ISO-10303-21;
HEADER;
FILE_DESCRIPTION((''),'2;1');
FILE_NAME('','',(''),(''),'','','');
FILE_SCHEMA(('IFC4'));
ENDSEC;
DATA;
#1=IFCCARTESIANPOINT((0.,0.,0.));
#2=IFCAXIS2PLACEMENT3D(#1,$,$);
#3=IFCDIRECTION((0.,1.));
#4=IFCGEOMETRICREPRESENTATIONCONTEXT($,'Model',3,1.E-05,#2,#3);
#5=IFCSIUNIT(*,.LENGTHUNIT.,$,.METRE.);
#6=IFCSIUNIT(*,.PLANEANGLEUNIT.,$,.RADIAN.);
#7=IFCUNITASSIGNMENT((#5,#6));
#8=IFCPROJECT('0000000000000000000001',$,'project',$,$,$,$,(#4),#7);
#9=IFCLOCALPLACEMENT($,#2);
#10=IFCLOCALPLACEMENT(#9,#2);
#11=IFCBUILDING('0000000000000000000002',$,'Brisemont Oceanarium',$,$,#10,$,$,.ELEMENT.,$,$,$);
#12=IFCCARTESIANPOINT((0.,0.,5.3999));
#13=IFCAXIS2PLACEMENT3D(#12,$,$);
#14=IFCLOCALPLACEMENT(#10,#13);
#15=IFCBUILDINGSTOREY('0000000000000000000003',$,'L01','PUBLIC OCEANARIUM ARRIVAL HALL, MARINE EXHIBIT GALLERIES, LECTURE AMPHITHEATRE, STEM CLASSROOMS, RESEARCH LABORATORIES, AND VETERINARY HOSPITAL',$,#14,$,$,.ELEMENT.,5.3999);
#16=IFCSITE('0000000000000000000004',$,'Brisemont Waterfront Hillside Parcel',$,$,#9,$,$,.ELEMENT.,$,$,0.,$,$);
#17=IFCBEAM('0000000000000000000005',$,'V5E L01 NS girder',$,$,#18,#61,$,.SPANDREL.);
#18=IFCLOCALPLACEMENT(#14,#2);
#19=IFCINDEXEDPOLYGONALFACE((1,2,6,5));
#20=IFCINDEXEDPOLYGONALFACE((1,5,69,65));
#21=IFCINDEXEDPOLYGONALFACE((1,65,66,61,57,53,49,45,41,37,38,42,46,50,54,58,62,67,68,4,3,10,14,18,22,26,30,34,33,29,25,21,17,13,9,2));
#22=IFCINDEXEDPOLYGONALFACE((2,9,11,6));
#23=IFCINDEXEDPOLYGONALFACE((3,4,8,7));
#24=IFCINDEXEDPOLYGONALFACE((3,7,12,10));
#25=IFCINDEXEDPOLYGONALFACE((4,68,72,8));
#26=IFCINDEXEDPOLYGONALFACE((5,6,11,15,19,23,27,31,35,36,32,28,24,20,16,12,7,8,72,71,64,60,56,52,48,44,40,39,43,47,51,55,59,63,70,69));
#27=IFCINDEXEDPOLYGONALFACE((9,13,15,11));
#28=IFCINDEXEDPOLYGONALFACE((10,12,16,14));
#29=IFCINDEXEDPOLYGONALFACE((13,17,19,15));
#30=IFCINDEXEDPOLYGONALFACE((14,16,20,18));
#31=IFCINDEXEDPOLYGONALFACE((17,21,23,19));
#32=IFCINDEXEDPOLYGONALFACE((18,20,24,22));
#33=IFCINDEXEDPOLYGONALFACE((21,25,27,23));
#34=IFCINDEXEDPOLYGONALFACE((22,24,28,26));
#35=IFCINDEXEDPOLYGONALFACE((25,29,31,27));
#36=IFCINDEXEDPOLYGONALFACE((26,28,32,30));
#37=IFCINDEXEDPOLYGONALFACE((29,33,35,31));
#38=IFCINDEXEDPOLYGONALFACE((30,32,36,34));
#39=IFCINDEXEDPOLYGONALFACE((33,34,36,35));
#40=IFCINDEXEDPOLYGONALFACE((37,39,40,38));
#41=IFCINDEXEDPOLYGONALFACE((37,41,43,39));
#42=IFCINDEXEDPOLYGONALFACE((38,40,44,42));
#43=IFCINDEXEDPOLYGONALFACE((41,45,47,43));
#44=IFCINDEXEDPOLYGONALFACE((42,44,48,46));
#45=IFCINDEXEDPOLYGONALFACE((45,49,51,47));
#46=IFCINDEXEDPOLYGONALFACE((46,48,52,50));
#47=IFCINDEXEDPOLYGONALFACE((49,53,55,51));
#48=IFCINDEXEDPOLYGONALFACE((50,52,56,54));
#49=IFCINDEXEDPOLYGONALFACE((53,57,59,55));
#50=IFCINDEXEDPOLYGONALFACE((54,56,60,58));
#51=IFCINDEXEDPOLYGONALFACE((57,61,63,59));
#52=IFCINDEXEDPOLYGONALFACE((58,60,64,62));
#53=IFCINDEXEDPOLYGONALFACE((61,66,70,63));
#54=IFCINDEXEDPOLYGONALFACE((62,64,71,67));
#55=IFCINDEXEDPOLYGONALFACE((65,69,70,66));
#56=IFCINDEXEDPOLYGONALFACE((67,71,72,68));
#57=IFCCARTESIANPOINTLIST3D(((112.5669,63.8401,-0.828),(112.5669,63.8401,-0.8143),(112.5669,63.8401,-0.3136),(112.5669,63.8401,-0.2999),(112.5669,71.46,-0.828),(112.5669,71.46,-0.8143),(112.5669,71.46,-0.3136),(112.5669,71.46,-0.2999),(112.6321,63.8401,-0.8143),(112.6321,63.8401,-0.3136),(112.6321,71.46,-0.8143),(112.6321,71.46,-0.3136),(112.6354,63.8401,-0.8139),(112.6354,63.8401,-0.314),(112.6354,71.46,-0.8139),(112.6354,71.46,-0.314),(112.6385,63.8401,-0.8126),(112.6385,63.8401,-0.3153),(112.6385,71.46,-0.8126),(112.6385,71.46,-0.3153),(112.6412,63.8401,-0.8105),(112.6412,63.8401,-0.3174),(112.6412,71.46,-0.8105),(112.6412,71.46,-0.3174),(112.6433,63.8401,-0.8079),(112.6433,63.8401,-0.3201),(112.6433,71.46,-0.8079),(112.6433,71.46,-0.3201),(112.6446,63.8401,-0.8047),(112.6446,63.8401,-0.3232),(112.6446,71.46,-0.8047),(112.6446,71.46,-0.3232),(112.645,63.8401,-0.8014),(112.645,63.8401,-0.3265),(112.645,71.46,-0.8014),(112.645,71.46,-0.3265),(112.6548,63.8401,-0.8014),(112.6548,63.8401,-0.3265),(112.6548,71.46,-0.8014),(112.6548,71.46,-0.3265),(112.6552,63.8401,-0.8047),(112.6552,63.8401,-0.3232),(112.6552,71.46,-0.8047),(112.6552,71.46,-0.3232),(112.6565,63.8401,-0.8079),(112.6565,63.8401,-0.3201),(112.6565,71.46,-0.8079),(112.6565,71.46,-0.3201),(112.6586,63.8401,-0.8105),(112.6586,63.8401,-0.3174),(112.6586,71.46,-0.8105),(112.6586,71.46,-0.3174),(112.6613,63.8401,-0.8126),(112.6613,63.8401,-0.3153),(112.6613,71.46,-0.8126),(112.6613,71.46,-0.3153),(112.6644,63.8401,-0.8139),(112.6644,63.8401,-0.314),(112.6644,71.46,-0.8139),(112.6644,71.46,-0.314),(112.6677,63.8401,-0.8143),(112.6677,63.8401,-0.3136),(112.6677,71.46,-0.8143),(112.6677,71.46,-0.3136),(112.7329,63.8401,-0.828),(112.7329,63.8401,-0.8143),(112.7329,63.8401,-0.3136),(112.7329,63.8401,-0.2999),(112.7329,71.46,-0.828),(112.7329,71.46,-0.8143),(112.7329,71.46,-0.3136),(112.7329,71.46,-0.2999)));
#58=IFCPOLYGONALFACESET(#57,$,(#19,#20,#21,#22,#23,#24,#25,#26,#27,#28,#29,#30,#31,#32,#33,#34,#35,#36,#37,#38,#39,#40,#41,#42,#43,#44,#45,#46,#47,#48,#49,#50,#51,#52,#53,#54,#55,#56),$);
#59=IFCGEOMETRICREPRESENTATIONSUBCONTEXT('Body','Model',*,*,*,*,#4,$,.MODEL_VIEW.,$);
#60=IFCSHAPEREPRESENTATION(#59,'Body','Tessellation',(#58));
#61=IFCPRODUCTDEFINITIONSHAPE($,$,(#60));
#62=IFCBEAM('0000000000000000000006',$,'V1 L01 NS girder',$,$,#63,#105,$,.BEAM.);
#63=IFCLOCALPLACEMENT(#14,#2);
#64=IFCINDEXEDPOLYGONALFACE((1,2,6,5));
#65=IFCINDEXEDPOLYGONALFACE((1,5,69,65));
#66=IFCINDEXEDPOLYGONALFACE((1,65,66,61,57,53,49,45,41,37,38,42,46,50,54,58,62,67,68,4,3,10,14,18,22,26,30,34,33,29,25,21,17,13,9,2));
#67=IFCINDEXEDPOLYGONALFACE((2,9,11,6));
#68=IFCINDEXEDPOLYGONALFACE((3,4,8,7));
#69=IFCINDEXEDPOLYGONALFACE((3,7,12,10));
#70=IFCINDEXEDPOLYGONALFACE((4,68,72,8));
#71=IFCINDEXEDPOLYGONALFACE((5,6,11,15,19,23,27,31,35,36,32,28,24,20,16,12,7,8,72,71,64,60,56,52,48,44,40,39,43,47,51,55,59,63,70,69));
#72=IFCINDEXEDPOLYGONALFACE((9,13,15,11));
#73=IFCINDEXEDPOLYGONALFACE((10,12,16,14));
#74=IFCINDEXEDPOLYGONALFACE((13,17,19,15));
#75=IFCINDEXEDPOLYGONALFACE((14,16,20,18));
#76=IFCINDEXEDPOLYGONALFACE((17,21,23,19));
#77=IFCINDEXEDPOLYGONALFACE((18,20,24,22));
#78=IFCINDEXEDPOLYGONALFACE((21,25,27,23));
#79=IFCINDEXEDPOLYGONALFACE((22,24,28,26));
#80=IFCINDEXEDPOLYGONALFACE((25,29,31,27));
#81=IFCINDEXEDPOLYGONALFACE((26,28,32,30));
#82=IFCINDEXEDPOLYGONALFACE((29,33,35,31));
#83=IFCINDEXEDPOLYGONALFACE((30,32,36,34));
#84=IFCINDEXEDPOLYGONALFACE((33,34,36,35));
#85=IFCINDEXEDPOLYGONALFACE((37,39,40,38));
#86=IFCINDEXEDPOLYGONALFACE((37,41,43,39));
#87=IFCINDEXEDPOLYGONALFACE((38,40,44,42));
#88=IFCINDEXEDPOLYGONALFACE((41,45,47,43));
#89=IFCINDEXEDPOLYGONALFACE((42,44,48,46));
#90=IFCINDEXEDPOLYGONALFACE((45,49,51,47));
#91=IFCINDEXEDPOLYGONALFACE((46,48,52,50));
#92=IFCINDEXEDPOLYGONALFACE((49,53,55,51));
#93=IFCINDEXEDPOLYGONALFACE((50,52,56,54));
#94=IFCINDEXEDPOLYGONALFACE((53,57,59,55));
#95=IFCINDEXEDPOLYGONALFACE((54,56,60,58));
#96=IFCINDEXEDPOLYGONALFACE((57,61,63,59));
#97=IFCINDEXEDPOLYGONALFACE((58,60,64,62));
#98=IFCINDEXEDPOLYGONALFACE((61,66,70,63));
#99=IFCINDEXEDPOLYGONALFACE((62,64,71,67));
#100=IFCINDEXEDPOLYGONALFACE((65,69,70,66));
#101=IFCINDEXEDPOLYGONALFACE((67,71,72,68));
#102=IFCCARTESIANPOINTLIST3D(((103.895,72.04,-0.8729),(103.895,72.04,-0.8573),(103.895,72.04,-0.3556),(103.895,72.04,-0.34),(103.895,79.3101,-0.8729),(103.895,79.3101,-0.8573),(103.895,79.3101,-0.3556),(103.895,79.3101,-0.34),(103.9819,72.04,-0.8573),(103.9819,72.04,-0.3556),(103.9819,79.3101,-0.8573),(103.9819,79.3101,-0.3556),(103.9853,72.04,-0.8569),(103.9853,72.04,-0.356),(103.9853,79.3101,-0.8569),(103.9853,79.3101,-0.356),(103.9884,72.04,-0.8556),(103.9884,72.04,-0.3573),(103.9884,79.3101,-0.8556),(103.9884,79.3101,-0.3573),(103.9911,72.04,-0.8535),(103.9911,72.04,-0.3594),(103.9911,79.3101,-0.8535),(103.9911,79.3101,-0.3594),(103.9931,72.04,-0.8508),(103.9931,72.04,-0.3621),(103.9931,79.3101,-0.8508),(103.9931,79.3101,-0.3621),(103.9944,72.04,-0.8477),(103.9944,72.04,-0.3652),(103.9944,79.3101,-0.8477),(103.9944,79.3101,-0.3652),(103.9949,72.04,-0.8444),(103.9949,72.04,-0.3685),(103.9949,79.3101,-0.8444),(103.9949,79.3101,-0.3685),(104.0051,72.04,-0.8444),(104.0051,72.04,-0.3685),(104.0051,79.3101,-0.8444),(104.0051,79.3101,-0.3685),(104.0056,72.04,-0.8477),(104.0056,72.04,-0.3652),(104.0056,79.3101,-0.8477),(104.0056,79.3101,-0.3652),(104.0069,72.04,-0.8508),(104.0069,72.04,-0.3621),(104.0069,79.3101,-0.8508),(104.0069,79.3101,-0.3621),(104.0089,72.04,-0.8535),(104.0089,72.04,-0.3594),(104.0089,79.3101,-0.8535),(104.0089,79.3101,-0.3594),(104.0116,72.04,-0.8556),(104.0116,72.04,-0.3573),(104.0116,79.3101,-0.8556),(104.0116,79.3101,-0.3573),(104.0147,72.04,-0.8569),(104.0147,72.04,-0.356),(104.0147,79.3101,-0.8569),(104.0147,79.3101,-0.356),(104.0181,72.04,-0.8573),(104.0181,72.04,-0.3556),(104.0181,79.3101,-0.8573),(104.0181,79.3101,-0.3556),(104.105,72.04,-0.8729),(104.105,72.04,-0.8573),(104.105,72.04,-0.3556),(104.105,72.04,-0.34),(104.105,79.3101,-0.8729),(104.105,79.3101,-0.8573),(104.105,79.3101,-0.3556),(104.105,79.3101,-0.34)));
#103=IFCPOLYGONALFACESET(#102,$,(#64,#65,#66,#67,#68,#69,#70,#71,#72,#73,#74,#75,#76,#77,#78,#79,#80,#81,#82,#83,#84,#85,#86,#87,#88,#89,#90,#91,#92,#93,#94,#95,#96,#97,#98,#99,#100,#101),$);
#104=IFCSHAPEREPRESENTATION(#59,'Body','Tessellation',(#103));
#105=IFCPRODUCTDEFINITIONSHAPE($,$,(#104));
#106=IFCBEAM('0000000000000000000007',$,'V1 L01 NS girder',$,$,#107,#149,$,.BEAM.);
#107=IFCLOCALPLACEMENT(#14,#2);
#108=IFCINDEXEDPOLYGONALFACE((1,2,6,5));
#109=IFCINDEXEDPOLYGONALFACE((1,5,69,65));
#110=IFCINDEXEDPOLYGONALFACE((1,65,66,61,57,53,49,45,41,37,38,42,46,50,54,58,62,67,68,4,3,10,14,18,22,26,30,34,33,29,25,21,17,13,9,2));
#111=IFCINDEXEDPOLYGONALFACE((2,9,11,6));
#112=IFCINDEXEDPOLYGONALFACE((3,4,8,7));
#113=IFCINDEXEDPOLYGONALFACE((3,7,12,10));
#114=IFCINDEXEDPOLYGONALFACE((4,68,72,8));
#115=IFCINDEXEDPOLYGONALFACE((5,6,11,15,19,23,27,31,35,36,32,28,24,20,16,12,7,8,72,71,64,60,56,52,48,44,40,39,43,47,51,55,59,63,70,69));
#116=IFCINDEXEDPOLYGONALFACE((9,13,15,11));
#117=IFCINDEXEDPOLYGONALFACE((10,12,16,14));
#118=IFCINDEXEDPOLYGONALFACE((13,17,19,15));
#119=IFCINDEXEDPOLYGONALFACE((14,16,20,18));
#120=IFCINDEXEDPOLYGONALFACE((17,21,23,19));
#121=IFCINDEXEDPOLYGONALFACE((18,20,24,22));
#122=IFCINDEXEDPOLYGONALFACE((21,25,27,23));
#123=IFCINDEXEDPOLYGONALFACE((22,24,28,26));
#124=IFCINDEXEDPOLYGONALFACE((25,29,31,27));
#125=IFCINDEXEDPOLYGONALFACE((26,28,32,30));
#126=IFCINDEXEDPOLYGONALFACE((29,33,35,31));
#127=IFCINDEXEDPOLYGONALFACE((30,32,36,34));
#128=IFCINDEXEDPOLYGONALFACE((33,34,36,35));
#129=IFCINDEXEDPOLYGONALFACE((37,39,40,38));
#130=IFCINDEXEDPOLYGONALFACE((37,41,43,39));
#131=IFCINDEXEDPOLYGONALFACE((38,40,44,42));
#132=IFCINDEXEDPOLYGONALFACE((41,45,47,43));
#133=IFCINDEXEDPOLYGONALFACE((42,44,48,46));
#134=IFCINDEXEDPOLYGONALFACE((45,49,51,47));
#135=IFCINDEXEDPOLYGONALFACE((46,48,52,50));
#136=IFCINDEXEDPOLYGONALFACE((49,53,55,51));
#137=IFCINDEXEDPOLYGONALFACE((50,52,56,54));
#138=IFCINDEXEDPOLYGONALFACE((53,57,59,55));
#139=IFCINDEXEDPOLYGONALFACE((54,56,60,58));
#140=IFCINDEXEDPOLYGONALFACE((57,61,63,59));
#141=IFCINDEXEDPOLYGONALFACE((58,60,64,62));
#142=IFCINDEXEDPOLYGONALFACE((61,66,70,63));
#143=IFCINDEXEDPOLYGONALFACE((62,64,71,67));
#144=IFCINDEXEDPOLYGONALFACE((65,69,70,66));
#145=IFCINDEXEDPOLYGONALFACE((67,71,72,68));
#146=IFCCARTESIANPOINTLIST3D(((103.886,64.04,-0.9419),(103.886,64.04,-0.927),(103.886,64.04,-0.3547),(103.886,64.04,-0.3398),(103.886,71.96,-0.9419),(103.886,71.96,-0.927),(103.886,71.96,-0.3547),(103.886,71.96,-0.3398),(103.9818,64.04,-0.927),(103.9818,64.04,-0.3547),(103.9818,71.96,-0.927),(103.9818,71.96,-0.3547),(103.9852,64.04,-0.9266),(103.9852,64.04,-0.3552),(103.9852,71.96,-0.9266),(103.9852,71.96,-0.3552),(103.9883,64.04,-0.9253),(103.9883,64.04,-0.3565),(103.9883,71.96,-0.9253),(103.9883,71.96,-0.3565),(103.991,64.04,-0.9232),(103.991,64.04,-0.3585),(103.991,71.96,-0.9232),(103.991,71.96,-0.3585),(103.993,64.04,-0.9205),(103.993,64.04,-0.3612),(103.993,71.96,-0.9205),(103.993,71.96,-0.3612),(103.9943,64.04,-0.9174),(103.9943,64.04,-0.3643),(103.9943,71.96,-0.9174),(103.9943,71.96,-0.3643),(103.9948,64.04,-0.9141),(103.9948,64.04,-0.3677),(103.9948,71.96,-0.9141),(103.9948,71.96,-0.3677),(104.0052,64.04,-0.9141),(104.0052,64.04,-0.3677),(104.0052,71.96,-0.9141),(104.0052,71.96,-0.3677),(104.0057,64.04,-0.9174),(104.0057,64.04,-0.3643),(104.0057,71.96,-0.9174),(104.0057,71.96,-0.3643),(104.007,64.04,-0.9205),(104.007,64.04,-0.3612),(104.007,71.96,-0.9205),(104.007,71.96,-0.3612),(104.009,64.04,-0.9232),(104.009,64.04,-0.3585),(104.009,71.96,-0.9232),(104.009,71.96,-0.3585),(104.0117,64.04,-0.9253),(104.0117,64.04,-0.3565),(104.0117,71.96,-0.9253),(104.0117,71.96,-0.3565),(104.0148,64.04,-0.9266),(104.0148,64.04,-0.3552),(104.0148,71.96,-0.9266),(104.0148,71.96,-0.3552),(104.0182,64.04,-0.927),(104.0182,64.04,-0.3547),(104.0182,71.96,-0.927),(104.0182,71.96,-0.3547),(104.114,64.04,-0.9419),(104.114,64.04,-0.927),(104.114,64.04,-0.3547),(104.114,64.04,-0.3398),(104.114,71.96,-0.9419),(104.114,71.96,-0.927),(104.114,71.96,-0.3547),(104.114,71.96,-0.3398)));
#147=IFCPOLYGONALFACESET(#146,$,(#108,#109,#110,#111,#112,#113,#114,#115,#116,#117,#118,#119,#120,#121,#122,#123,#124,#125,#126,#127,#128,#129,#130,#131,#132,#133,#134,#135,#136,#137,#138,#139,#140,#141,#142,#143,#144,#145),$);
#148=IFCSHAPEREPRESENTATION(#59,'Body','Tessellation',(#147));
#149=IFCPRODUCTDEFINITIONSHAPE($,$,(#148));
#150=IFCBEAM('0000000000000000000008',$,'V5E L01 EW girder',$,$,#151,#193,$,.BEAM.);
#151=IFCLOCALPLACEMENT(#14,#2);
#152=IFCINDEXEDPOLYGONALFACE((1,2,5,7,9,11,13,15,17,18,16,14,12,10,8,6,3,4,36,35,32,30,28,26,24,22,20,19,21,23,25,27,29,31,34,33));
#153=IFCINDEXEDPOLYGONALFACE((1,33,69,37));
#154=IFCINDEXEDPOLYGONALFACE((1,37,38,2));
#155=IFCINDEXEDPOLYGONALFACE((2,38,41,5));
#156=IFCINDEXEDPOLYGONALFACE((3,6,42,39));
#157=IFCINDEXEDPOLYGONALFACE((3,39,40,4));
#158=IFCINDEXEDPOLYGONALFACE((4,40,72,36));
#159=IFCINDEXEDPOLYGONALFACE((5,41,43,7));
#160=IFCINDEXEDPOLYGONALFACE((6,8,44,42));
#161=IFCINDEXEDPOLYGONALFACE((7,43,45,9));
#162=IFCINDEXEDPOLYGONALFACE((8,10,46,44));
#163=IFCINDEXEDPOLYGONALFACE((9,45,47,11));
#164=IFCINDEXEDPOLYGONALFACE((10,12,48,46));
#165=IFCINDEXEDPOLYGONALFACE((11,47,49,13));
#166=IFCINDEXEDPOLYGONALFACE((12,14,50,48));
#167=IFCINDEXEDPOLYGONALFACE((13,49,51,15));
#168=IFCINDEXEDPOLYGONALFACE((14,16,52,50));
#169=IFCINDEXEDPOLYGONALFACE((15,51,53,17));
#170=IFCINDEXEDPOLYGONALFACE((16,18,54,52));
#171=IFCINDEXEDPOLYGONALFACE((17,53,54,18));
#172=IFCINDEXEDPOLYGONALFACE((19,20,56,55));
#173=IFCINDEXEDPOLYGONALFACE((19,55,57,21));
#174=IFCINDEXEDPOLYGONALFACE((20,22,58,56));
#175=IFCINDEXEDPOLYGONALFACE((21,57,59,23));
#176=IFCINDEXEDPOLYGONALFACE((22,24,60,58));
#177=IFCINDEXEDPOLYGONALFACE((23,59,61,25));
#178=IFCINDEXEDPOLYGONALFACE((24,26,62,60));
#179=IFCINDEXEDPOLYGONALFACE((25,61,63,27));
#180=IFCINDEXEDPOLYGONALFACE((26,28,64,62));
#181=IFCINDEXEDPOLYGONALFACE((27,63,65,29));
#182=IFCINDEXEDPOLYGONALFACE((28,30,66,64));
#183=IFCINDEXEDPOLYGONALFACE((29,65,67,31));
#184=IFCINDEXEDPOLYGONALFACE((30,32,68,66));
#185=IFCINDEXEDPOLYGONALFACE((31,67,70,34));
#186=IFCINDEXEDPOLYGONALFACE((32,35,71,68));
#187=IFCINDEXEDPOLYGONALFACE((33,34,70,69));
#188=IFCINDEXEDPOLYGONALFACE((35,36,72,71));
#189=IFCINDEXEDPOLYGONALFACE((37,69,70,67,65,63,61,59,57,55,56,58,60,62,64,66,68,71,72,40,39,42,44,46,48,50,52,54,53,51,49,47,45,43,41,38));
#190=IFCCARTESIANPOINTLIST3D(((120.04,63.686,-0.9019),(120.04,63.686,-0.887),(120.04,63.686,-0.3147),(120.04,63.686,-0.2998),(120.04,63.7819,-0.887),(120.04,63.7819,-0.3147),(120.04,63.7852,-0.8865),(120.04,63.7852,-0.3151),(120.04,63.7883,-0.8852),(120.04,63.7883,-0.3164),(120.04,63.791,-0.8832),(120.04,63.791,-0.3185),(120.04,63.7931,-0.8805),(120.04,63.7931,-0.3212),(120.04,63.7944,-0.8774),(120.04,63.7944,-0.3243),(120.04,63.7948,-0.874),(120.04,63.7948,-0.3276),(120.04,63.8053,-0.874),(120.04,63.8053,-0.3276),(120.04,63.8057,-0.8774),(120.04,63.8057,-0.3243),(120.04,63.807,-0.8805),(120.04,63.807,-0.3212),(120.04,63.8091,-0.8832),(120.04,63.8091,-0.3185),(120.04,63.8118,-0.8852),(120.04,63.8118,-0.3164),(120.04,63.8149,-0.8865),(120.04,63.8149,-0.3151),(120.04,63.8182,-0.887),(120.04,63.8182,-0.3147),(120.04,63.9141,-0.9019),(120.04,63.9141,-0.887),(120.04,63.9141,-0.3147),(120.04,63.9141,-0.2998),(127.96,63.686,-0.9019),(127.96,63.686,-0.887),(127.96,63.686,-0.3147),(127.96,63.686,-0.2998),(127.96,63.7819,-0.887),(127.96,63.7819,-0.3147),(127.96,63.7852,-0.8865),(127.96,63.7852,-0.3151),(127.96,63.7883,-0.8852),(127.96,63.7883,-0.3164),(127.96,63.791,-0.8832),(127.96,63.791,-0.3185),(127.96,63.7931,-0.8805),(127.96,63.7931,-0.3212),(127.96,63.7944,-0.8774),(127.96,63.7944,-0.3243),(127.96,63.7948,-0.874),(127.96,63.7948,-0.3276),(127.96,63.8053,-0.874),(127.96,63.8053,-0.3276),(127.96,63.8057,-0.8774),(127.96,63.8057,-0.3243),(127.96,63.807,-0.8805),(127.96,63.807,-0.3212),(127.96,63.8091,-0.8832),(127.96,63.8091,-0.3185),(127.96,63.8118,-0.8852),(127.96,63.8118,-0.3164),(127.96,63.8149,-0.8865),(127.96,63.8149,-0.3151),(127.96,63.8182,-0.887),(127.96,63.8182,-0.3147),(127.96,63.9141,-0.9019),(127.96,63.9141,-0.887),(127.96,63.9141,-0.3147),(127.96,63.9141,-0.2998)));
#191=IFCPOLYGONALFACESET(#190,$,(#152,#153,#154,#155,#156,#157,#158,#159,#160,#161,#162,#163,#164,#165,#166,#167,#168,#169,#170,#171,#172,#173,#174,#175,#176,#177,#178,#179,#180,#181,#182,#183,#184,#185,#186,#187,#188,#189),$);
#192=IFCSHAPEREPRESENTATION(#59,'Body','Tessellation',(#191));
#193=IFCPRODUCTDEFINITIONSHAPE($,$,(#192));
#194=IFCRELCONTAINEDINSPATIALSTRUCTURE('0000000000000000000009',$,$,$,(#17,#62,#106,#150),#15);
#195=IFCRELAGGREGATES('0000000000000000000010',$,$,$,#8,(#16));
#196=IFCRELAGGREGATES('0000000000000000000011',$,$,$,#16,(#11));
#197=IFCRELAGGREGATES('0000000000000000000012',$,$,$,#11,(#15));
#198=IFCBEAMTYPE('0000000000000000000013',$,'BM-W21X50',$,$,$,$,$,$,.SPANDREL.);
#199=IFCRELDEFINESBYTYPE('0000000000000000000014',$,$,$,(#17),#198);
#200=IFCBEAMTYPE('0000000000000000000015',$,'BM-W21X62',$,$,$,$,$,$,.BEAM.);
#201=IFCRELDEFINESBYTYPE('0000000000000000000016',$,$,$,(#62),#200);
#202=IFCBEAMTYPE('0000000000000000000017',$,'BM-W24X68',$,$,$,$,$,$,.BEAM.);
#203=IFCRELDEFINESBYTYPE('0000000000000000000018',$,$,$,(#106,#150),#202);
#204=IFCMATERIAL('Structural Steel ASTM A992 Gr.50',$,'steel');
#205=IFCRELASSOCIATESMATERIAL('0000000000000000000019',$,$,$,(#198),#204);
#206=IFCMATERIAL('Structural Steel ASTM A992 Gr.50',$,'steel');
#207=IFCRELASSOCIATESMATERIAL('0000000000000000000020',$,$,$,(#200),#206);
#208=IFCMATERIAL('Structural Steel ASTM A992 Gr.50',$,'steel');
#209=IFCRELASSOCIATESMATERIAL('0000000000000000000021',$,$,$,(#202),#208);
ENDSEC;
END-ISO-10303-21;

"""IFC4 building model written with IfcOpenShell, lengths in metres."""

from ifc_helpers import new_model, si_unit, direction, frame, origin, origin_2d, place, context, subcontext, project, spatial, i_section, extrude, material, material_profile, profile_set, type_object, element, save


model = new_model("IFC4")

# Units and contexts
model_context = context("Model", 3, precision=1e-05, world=origin(), true_north=direction((0.0, 1.0)))
body_context = subcontext(model_context, "Body", "Model", "MODEL_VIEW")
ifc_project = project(units=[si_unit("LENGTHUNIT", "METRE"), si_unit("PLANEANGLEUNIT", "RADIAN")], contexts=[model_context])

# Site, building, storey
site_placement = place(None, origin())
site = spatial("IfcSite", under=ifc_project, at=site_placement, Name="Brisemont Waterfront Hillside Parcel", CompositionType="ELEMENT", RefElevation=0.0)
building_placement = place(site_placement, origin())
building = spatial("IfcBuilding", under=site, at=building_placement, Name="Brisemont Oceanarium", CompositionType="ELEMENT")
storey_placement = place(building_placement, frame((0.0, 0.0, 5.3999)))
storey = spatial("IfcBuildingStorey", under=building, at=storey_placement, Name="L01", Description="PUBLIC OCEANARIUM ARRIVAL HALL, MARINE EXHIBIT GALLERIES, LECTURE AMPHITHEATRE, STEM CLASSROOMS, RESEARCH LABORATORIES, AND VETERINARY HOSPITAL", CompositionType="ELEMENT", Elevation=5.3999)

# Beams
ifc_material_1 = material(Name="Structural Steel ASTM A992 Gr.50", Category="steel")
ifc_material_profile_1 = material_profile(ifc_material_1, i_section(OverallWidth=0.166, OverallDepth=0.5281, WebThickness=0.0098, FlangeThickness=0.0137, FilletRadius=0.0129, at=origin_2d()), Name="W21X50")
ifc_profile_set_1 = profile_set([ifc_material_profile_1], Name="Structural Steel ASTM A992 Gr.50")
beam_type_1 = type_object("IfcBeamType", Name="BM-W21X50", PredefinedType="SPANDREL", material=ifc_profile_set_1)
beam_1_placement = place(storey_placement, frame((112.6499, 63.8401, -0.564), z_axis=(0.0, 1.0, 0.0), x_axis=(-1.0, 0.0, 0.0)))
element("IfcBeam", 1, at=beam_1_placement, inside=storey, type_object=beam_type_1, Name="V5E L01 NS girder", PredefinedType="SPANDREL", context=body_context, shape_type="SweptSolid", body=[
    extrude(i_section(OverallWidth=0.166, OverallDepth=0.5281, WebThickness=0.0098, FlangeThickness=0.0137, FilletRadius=0.0129, at=origin_2d()), origin(), (0.0, 0.0, 1.0), 7.6199),
])
ifc_material_2 = material(Name="Structural Steel ASTM A992 Gr.50", Category="steel")
ifc_material_profile_2 = material_profile(ifc_material_2, i_section(OverallWidth=0.21, OverallDepth=0.533, WebThickness=0.0103, FlangeThickness=0.0156, FilletRadius=0.0129, at=origin_2d()), Name="W21X62")
ifc_profile_set_2 = profile_set([ifc_material_profile_2], Name="Structural Steel ASTM A992 Gr.50")
beam_type_2 = type_object("IfcBeamType", Name="BM-W21X62", PredefinedType="BEAM", material=ifc_profile_set_2)
beam_2_placement = place(storey_placement, frame((104.0, 72.04, -0.6064), z_axis=(0.0, 1.0, 0.0), x_axis=(-1.0, 0.0, 0.0)))
element("IfcBeam", 2, at=beam_2_placement, inside=storey, type_object=beam_type_2, Name="V1 L01 NS girder", PredefinedType="BEAM", context=body_context, shape_type="SweptSolid", body=[
    extrude(i_section(OverallWidth=0.21, OverallDepth=0.533, WebThickness=0.0103, FlangeThickness=0.0156, FilletRadius=0.0129, at=origin_2d()), origin(), (0.0, 0.0, 1.0), 7.27),
])
ifc_material_3 = material(Name="Structural Steel ASTM A992 Gr.50", Category="steel")
ifc_material_profile_3 = material_profile(ifc_material_3, i_section(OverallWidth=0.228, OverallDepth=0.6021, WebThickness=0.0105, FlangeThickness=0.0149, FilletRadius=0.0129, at=origin_2d()), Name="W24X68")
ifc_profile_set_3 = profile_set([ifc_material_profile_3], Name="Structural Steel ASTM A992 Gr.50")
beam_type_3 = type_object("IfcBeamType", Name="BM-W24X68", PredefinedType="BEAM", material=ifc_profile_set_3)
for number, where, z_axis, x_axis, name in (
    (3, (104.0, 64.04, -0.6409), (0.0, 1.0, 0.0), (-1.0, 0.0, 0.0), "V1 L01 NS girder"),
    (4, (120.04, 63.8, -0.6008), (1.0, 0.0, 0.0), (0.0, 1.0, 0.0), "V5E L01 EW girder"),
):
    element("IfcBeam", number, at=place(storey_placement, frame(where, z_axis=z_axis, x_axis=x_axis)), inside=storey, type_object=beam_type_3, Name=name, PredefinedType="BEAM", context=body_context, shape_type="SweptSolid", body=[
        extrude(i_section(OverallWidth=0.228, OverallDepth=0.6021, WebThickness=0.0105, FlangeThickness=0.0149, FilletRadius=0.0129, at=origin_2d()), origin(), (0.0, 0.0, 1.0), 7.9199),
    ])

save(model, "model.ifc")
